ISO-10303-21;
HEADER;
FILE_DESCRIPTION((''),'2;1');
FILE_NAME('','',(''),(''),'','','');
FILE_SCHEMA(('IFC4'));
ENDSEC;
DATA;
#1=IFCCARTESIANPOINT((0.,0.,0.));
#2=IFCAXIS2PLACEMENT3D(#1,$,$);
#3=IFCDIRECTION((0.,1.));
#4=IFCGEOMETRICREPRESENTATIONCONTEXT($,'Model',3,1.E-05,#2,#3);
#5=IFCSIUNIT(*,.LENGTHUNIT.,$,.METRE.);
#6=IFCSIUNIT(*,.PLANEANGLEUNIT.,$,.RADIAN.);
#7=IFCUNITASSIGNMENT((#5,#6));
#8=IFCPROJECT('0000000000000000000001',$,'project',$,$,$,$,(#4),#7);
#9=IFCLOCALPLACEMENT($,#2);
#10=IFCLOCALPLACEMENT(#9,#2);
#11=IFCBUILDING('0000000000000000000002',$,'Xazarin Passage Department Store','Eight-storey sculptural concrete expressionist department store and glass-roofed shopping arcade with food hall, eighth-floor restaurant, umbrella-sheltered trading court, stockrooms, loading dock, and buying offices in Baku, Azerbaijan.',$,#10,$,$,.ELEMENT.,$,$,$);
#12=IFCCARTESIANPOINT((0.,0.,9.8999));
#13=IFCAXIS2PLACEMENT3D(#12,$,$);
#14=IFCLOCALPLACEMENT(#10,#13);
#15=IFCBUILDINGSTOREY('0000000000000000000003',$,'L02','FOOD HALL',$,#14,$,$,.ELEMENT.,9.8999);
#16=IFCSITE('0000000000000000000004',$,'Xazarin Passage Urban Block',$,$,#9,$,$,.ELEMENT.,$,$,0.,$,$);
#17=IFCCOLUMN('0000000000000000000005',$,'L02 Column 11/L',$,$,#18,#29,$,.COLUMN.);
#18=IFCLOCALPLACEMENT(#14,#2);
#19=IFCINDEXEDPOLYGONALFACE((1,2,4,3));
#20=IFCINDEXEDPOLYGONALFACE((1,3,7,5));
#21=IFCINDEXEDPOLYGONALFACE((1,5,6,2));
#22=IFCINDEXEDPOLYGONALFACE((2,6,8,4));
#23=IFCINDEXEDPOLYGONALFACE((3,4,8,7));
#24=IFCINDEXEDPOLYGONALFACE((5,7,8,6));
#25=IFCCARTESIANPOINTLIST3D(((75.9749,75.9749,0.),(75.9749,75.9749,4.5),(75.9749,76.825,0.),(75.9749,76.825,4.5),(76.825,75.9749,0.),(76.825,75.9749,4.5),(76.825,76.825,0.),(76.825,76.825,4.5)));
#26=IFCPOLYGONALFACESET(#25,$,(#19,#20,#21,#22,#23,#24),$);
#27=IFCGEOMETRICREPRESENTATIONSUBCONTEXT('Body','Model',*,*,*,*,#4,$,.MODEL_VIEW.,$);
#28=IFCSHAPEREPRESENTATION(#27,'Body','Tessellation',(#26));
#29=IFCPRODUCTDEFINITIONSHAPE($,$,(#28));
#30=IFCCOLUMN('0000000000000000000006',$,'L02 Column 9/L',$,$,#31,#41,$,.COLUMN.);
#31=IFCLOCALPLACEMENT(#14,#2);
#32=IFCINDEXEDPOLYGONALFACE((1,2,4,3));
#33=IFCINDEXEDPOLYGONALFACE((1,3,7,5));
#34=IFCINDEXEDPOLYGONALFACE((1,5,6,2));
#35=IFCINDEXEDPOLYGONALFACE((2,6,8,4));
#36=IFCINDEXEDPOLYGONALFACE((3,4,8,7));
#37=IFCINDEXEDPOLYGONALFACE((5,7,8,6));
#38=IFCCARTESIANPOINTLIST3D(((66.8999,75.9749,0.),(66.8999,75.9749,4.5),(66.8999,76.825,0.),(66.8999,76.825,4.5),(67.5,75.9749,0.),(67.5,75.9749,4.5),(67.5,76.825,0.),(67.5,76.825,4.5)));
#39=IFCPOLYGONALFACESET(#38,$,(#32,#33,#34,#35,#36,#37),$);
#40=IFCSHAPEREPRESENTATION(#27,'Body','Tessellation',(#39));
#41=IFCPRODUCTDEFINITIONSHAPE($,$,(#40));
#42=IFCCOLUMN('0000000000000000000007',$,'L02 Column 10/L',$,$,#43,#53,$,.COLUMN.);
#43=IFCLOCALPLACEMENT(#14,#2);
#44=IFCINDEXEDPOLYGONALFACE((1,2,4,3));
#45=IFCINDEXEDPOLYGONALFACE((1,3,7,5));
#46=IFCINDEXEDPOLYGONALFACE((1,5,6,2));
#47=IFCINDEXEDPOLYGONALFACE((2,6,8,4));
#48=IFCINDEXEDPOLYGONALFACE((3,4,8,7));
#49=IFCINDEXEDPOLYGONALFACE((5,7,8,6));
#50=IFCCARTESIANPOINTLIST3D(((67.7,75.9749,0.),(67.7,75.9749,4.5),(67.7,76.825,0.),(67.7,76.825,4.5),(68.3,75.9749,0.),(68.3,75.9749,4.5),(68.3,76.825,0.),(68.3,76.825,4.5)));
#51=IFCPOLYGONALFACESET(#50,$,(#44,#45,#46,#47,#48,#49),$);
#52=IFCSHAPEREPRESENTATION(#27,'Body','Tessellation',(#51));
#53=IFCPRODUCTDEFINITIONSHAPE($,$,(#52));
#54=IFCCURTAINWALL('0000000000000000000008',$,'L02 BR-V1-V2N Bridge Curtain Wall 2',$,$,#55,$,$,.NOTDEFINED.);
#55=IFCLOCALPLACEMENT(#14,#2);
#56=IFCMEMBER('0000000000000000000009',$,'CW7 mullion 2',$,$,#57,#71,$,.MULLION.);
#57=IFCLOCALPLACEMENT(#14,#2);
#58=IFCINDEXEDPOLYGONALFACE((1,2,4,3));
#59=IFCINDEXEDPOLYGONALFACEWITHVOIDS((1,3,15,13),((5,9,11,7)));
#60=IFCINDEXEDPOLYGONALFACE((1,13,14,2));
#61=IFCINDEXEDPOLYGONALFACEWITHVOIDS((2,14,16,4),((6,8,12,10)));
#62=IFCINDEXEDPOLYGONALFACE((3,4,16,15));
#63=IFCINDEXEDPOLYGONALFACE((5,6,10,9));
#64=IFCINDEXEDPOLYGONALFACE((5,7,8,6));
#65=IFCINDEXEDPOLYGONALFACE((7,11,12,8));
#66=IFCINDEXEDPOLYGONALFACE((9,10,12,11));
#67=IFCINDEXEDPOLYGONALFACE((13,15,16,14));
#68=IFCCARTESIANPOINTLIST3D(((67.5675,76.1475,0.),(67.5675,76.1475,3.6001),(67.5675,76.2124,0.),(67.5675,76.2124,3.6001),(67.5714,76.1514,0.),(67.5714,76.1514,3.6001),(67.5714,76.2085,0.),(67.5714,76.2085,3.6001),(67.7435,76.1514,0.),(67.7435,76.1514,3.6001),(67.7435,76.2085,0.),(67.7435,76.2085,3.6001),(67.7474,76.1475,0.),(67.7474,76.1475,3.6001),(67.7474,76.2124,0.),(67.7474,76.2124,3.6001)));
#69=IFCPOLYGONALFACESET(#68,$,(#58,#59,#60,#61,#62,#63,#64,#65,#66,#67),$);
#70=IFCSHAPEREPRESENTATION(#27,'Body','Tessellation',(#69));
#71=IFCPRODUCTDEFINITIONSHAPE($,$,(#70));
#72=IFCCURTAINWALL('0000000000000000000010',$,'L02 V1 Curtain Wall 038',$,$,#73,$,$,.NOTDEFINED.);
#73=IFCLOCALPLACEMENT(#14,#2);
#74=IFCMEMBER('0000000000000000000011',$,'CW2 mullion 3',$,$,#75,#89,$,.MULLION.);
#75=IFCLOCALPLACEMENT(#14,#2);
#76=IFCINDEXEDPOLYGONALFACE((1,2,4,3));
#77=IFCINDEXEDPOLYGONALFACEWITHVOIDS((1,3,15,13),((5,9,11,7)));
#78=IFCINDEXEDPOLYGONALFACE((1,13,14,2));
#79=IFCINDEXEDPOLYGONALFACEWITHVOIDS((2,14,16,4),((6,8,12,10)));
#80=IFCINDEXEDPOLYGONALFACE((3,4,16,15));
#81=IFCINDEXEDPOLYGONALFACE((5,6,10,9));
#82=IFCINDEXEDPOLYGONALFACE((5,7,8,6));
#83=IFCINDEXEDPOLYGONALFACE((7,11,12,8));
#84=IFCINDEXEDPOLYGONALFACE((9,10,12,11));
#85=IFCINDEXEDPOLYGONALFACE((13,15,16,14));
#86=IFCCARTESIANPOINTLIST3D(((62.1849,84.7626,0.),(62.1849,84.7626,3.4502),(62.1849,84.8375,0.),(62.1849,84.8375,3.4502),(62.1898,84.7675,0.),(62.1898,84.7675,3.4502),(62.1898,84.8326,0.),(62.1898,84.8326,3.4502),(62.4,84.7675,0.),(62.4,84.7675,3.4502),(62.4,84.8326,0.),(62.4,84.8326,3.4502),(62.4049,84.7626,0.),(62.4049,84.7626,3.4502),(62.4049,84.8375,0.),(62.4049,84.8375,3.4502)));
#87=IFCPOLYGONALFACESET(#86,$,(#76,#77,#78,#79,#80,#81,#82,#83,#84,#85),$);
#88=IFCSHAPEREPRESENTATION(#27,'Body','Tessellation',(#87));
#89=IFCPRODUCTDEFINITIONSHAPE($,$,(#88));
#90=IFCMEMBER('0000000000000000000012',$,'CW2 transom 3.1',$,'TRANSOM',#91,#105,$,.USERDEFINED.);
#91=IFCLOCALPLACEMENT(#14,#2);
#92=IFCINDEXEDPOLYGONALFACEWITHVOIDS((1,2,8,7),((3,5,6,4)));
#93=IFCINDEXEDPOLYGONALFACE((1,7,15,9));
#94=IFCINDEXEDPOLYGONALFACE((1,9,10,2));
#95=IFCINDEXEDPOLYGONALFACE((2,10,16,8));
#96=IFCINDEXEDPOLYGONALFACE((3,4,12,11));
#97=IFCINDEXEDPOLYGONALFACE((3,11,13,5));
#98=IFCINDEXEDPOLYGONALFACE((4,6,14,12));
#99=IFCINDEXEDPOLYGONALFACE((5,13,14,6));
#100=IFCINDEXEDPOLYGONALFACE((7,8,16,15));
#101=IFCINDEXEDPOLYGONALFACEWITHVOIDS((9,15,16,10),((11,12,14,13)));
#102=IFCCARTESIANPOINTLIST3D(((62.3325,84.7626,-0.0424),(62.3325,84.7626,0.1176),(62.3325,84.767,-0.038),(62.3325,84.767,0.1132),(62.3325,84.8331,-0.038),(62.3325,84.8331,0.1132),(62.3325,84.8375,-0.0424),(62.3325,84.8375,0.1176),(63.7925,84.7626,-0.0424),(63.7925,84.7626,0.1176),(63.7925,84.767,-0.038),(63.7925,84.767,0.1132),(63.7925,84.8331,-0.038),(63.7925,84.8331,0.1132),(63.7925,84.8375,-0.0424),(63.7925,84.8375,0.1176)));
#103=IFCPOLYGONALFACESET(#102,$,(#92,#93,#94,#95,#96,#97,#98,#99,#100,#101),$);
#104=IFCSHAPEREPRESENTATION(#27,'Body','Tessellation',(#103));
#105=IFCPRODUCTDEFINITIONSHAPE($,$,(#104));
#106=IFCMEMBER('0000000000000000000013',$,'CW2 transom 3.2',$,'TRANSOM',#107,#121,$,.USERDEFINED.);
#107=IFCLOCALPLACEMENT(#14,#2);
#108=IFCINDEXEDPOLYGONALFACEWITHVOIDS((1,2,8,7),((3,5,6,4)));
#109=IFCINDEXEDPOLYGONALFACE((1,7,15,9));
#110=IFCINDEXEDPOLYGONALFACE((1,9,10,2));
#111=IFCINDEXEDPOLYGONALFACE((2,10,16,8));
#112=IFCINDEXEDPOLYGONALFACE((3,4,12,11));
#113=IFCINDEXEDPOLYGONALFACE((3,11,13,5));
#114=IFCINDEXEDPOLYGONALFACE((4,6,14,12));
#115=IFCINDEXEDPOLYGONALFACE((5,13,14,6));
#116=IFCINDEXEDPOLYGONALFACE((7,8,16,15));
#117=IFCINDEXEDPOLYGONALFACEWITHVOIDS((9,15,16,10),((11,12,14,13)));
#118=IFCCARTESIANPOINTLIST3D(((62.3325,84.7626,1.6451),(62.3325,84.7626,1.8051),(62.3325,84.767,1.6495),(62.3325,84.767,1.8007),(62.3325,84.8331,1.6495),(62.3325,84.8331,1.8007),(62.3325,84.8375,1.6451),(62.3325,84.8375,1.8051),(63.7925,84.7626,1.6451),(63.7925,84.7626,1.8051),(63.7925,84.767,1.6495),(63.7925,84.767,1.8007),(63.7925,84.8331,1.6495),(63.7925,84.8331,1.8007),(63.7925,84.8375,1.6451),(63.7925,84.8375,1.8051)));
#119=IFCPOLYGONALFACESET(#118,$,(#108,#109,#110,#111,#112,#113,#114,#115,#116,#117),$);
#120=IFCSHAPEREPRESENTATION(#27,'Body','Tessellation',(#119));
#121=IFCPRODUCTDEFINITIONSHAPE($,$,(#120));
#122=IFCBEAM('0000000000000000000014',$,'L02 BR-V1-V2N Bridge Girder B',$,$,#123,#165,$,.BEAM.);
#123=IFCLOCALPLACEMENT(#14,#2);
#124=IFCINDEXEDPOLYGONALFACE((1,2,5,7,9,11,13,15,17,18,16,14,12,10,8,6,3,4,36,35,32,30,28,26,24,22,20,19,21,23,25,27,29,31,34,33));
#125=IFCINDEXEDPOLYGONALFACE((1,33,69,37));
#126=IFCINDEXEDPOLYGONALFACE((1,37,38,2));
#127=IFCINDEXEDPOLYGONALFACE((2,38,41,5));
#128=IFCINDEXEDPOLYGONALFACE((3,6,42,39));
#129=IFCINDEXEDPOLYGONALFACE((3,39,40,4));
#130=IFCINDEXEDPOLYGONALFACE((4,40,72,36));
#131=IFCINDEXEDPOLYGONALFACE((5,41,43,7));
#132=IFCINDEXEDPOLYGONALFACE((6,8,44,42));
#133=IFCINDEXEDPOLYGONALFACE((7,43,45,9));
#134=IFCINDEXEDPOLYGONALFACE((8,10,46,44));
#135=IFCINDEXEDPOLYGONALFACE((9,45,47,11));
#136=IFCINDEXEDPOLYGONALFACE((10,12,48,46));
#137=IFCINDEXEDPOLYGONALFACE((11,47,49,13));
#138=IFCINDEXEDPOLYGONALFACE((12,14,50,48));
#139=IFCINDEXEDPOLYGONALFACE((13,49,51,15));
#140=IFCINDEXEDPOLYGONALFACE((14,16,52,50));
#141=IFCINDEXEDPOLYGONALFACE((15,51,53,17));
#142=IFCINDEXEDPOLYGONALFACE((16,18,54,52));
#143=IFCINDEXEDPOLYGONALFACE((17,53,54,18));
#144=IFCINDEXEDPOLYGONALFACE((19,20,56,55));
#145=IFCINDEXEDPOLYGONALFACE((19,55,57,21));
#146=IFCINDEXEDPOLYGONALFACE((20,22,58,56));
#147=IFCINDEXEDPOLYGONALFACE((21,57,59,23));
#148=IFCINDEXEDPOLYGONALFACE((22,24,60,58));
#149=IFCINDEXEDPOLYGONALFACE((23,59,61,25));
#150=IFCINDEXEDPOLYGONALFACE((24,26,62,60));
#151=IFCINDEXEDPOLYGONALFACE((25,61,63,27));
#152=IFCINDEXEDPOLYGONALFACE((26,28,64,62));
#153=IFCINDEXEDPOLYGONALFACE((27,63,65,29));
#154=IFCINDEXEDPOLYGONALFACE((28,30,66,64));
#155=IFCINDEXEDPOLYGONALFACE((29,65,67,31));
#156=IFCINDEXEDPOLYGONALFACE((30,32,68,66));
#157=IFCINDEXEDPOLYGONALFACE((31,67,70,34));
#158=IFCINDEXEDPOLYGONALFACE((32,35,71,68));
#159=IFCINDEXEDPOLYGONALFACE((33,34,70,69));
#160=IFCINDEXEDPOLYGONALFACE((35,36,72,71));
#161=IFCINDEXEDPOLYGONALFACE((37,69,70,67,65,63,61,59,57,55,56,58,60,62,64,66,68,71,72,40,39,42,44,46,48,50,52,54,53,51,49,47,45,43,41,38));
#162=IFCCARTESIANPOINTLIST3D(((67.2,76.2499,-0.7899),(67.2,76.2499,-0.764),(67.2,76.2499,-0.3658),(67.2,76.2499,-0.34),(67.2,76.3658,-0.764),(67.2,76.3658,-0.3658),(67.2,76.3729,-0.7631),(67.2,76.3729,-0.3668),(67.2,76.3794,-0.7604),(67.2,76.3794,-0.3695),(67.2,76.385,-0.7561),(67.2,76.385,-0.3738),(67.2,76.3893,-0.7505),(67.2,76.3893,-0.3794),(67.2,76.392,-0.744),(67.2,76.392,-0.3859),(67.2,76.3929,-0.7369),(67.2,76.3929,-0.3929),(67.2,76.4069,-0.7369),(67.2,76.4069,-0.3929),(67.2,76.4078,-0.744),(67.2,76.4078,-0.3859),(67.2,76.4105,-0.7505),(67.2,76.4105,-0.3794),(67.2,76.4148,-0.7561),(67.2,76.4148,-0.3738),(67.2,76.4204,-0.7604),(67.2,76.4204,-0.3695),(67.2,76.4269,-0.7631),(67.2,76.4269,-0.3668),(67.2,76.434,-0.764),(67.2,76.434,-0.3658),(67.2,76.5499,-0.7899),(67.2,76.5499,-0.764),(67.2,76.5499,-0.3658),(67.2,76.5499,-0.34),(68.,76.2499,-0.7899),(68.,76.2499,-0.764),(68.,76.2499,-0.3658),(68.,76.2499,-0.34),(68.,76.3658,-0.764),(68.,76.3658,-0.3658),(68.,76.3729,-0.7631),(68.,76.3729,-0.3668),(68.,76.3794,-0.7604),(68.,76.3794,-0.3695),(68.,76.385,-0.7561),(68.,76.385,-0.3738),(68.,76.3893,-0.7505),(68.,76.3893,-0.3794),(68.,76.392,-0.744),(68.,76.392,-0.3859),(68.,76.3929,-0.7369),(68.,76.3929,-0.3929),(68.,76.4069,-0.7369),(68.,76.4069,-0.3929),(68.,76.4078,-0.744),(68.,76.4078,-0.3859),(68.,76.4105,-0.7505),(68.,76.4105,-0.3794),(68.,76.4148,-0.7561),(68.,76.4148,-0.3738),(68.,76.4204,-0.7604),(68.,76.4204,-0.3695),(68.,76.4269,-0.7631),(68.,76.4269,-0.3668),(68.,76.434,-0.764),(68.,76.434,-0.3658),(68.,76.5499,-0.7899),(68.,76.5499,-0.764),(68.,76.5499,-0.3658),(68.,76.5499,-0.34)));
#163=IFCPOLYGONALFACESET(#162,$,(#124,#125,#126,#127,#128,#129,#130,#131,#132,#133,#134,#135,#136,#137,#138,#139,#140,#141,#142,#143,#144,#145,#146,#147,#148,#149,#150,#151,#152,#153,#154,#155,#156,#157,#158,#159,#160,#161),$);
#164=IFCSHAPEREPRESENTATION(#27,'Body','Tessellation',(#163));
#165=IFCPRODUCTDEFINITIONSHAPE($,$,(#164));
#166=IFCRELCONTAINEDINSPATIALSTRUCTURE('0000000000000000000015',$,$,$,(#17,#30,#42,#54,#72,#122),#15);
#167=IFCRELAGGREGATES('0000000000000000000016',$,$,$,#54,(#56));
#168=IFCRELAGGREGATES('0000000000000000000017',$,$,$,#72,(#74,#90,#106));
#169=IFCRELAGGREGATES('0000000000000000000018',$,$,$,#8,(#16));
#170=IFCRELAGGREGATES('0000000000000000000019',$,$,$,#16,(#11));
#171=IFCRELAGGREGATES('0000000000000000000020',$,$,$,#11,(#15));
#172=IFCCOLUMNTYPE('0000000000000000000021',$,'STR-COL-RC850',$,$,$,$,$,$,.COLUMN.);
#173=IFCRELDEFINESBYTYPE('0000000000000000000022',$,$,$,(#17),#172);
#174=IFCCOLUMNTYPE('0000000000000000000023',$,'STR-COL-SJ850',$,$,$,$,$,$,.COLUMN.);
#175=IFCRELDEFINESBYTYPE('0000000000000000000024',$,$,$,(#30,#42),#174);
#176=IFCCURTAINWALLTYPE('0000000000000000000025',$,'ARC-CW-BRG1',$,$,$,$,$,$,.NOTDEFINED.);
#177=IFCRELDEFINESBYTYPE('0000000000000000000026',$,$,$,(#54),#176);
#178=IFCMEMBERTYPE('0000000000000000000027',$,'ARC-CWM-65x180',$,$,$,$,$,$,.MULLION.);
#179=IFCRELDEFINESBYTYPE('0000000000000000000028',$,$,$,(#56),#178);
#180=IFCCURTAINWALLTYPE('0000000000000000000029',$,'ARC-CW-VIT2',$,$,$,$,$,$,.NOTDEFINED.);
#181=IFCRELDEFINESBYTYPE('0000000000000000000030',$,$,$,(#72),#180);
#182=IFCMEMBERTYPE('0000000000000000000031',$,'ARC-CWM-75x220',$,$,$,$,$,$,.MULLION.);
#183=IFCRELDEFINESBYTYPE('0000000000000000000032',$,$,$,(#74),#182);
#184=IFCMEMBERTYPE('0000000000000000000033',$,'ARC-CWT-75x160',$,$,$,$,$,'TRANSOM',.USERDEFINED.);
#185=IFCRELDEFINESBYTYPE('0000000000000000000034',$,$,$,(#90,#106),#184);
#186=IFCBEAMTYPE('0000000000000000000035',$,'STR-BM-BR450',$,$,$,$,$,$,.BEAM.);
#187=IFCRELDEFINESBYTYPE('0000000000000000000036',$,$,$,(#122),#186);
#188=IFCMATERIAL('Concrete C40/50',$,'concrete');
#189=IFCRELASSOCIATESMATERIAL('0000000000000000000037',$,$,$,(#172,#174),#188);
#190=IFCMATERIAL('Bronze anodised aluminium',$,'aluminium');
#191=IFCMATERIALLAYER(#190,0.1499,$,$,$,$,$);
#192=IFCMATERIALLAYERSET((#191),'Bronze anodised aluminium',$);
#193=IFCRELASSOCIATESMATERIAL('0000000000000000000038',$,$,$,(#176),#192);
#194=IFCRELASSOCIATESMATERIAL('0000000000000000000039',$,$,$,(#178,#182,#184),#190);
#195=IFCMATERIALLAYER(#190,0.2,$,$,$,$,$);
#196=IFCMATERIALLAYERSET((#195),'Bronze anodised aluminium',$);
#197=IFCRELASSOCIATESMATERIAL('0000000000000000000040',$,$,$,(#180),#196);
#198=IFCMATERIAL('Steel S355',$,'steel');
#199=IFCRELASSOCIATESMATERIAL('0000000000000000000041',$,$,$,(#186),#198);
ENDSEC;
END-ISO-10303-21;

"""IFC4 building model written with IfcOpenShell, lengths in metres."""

from ifc_helpers import new_model, si_unit, direction, frame, origin, origin_2d, place, context, subcontext, project, spatial, rectangle, hollow_rectangle, i_section, extrude, material, layer, layer_set, material_profile, profile_set, type_object, element, aggregate, save


model = new_model("IFC4")

# Units and contexts
model_context = context("Model", 3, precision=1e-05, world=origin(), true_north=direction((0.0, 1.0)))
body_context = subcontext(model_context, "Body", "Model", "MODEL_VIEW")
ifc_project = project(units=[si_unit("LENGTHUNIT", "METRE"), si_unit("PLANEANGLEUNIT", "RADIAN")], contexts=[model_context])

# Site, building, storey
site_placement = place(None, origin())
site = spatial("IfcSite", under=ifc_project, at=site_placement, Name="Xazarin Passage Urban Block", CompositionType="ELEMENT", RefElevation=0.0)
building_placement = place(site_placement, origin())
building = spatial("IfcBuilding", under=site, at=building_placement, Name="Xazarin Passage Department Store", Description="Eight-storey sculptural concrete expressionist department store and glass-roofed shopping arcade with food hall, eighth-floor restaurant, umbrella-sheltered trading court, stockrooms, loading dock, and buying offices in Baku, Azerbaijan.", CompositionType="ELEMENT")
storey_placement = place(building_placement, frame((0.0, 0.0, 9.8999)))
storey = spatial("IfcBuildingStorey", under=building, at=storey_placement, Name="L02", Description="FOOD HALL", CompositionType="ELEMENT", Elevation=9.8999)

# Columns
ifc_material_1 = material(Name="Concrete C40/50", Category="concrete")
ifc_material_profile_1 = material_profile(ifc_material_1, rectangle(XDim=0.8501, YDim=0.8501, at=origin_2d()), Name="RC 850x850")
ifc_profile_set_1 = profile_set([ifc_material_profile_1], Name="Concrete C40/50")
column_type_1 = type_object("IfcColumnType", Name="STR-COL-RC850", PredefinedType="COLUMN", material=ifc_profile_set_1)
column_placement = place(storey_placement, frame((76.3999, 76.3999, 0.0), z_axis=(0.0, 0.0, 1.0), x_axis=(1.0, 0.0, 0.0)))
element("IfcColumn", 1, at=column_placement, inside=storey, type_object=column_type_1, Name="L02 Column 11/L", PredefinedType="COLUMN", context=body_context, shape_type="SweptSolid", body=[
    extrude(rectangle(XDim=0.8501, YDim=0.8501, at=origin_2d()), origin(), (0.0, 0.0, 1.0), 4.5),
])
ifc_material_profile_2 = material_profile(ifc_material_1, rectangle(XDim=0.6001, YDim=0.8501, at=origin_2d()), Name="RC 600x850")
ifc_profile_set_2 = profile_set([ifc_material_profile_2], Name="Concrete C40/50")
column_type_2 = type_object("IfcColumnType", Name="STR-COL-SJ850", PredefinedType="COLUMN", material=ifc_profile_set_2)
for number, where, z_axis, x_axis, name in (
    (2, (67.2, 76.3999, 0.0), (0.0, 0.0, 1.0), (1.0, 0.0, 0.0), "L02 Column 9/L"),
    (3, (68.0, 76.3999, 0.0), (0.0, 0.0, 1.0), (1.0, 0.0, 0.0), "L02 Column 10/L"),
):
    element("IfcColumn", number, at=place(storey_placement, frame(where, z_axis=z_axis, x_axis=x_axis)), inside=storey, type_object=column_type_2, Name=name, PredefinedType="COLUMN", context=body_context, shape_type="SweptSolid", body=[
        extrude(rectangle(XDim=0.6001, YDim=0.8501, at=origin_2d()), origin(), (0.0, 0.0, 1.0), 4.5),
    ])

# Curtain wall, member
ifc_material_2 = material(Name="Bronze anodised aluminium", Category="aluminium")
ifc_layer_1 = layer(ifc_material_2, 0.1499)
ifc_layer_set_1 = layer_set([ifc_layer_1], Name="Bronze anodised aluminium")
curtain_wall_type_1 = type_object("IfcCurtainWallType", Name="ARC-CW-BRG1", PredefinedType="NOTDEFINED", material=ifc_layer_set_1)
curtain_wall_1_placement = place(storey_placement, origin())
curtain_wall_1 = element("IfcCurtainWall", 4, at=curtain_wall_1_placement, inside=storey, type_object=curtain_wall_type_1, Name="L02 BR-V1-V2N Bridge Curtain Wall 2", PredefinedType="NOTDEFINED")
ifc_material_profile_3 = material_profile(ifc_material_2, hollow_rectangle(XDim=0.0649, YDim=0.1799, WallThickness=0.0039, at=origin_2d()), Name="ALU 65x180")
ifc_profile_set_3 = profile_set([ifc_material_profile_3], Name="Bronze anodised aluminium")
member_type_1 = type_object("IfcMemberType", Name="ARC-CWM-65x180", PredefinedType="MULLION", material=ifc_profile_set_3)
member_1_placement = place(storey_placement, frame((67.6575, 76.1799, 0.0), z_axis=(0.0, 0.0, 1.0), x_axis=(0.0, 1.0, 0.0)))
member_1 = element("IfcMember", 5, at=member_1_placement, type_object=member_type_1, Name="CW7 mullion 2", PredefinedType="MULLION", context=body_context, shape_type="SweptSolid", body=[
    extrude(hollow_rectangle(XDim=0.0649, YDim=0.1799, WallThickness=0.0039, at=origin_2d()), origin(), (0.0, 0.0, 1.0), 3.6001),
])
aggregate(curtain_wall_1, [member_1])

# Curtain wall, members
ifc_layer_2 = layer(ifc_material_2, 0.2)
ifc_layer_set_2 = layer_set([ifc_layer_2], Name="Bronze anodised aluminium")
curtain_wall_type_2 = type_object("IfcCurtainWallType", Name="ARC-CW-VIT2", PredefinedType="NOTDEFINED", material=ifc_layer_set_2)
curtain_wall_2_placement = place(storey_placement, origin())
curtain_wall_2 = element("IfcCurtainWall", 6, at=curtain_wall_2_placement, inside=storey, type_object=curtain_wall_type_2, Name="L02 V1 Curtain Wall 038", PredefinedType="NOTDEFINED")
ifc_material_profile_4 = material_profile(ifc_material_2, hollow_rectangle(XDim=0.075, YDim=0.22, WallThickness=0.0049, at=origin_2d()), Name="ALU 75x220")
ifc_profile_set_4 = profile_set([ifc_material_profile_4], Name="Bronze anodised aluminium")
member_type_2 = type_object("IfcMemberType", Name="ARC-CWM-75x220", PredefinedType="MULLION", material=ifc_profile_set_4)
member_2_placement = place(storey_placement, frame((62.2949, 84.8, 0.0), z_axis=(0.0, 0.0, 1.0), x_axis=(0.0, 1.0, 0.0)))
member_2 = element("IfcMember", 7, at=member_2_placement, type_object=member_type_2, Name="CW2 mullion 3", PredefinedType="MULLION", context=body_context, shape_type="SweptSolid", body=[
    extrude(hollow_rectangle(XDim=0.075, YDim=0.22, WallThickness=0.0049, at=origin_2d()), origin(), (0.0, 0.0, 1.0), 3.4502),
])
ifc_material_profile_5 = material_profile(ifc_material_2, hollow_rectangle(XDim=0.075, YDim=0.1599, WallThickness=0.0044, at=origin_2d()), Name="ALU 75x160")
ifc_profile_set_5 = profile_set([ifc_material_profile_5], Name="Bronze anodised aluminium")
member_type_3 = type_object("IfcMemberType", Name="ARC-CWT-75x160", ElementType="TRANSOM", PredefinedType="USERDEFINED", material=ifc_profile_set_5)
member_3_placement = place(storey_placement, frame((62.3325, 84.8, 0.0376), z_axis=(1.0, 0.0, 0.0), x_axis=(0.0, 1.0, 0.0)))
member_3 = element("IfcMember", 8, at=member_3_placement, type_object=member_type_3, Name="CW2 transom 3.1", ObjectType="TRANSOM", PredefinedType="USERDEFINED", context=body_context, shape_type="SweptSolid", body=[
    extrude(hollow_rectangle(XDim=0.075, YDim=0.1599, WallThickness=0.0044, at=origin_2d()), origin(), (0.0, 0.0, 1.0), 1.46),
])
member_4_placement = place(storey_placement, frame((62.3325, 84.8, 1.7251), z_axis=(1.0, 0.0, 0.0), x_axis=(0.0, 1.0, 0.0)))
member_4 = element("IfcMember", 9, at=member_4_placement, type_object=member_type_3, Name="CW2 transom 3.2", ObjectType="TRANSOM", PredefinedType="USERDEFINED", context=body_context, shape_type="SweptSolid", body=[
    extrude(hollow_rectangle(XDim=0.075, YDim=0.1599, WallThickness=0.0044, at=origin_2d()), origin(), (0.0, 0.0, 1.0), 1.46),
])

# Beam
ifc_material_3 = material(Name="Steel S355", Category="steel")
ifc_material_profile_6 = material_profile(ifc_material_3, i_section(OverallWidth=0.3, OverallDepth=0.45, WebThickness=0.0139, FlangeThickness=0.0259, FilletRadius=0.0271, at=origin_2d()), Name="HEB 450")
ifc_profile_set_6 = profile_set([ifc_material_profile_6], Name="Steel S355")
beam_type_1 = type_object("IfcBeamType", Name="STR-BM-BR450", PredefinedType="BEAM", material=ifc_profile_set_6)
beam_1_placement = place(storey_placement, frame((67.2, 76.3999, -0.5649), z_axis=(1.0, 0.0, 0.0), x_axis=(0.0, 1.0, 0.0)))
element("IfcBeam", 10, at=beam_1_placement, inside=storey, type_object=beam_type_1, Name="L02 BR-V1-V2N Bridge Girder B", PredefinedType="BEAM", context=body_context, shape_type="SweptSolid", body=[
    extrude(i_section(OverallWidth=0.3, OverallDepth=0.45, WebThickness=0.0139, FlangeThickness=0.0259, FilletRadius=0.0271, at=origin_2d()), origin(), (0.0, 0.0, 1.0), 0.8),
])

aggregate(curtain_wall_2, [member_2, member_3, member_4])

save(model, "model.ifc")
